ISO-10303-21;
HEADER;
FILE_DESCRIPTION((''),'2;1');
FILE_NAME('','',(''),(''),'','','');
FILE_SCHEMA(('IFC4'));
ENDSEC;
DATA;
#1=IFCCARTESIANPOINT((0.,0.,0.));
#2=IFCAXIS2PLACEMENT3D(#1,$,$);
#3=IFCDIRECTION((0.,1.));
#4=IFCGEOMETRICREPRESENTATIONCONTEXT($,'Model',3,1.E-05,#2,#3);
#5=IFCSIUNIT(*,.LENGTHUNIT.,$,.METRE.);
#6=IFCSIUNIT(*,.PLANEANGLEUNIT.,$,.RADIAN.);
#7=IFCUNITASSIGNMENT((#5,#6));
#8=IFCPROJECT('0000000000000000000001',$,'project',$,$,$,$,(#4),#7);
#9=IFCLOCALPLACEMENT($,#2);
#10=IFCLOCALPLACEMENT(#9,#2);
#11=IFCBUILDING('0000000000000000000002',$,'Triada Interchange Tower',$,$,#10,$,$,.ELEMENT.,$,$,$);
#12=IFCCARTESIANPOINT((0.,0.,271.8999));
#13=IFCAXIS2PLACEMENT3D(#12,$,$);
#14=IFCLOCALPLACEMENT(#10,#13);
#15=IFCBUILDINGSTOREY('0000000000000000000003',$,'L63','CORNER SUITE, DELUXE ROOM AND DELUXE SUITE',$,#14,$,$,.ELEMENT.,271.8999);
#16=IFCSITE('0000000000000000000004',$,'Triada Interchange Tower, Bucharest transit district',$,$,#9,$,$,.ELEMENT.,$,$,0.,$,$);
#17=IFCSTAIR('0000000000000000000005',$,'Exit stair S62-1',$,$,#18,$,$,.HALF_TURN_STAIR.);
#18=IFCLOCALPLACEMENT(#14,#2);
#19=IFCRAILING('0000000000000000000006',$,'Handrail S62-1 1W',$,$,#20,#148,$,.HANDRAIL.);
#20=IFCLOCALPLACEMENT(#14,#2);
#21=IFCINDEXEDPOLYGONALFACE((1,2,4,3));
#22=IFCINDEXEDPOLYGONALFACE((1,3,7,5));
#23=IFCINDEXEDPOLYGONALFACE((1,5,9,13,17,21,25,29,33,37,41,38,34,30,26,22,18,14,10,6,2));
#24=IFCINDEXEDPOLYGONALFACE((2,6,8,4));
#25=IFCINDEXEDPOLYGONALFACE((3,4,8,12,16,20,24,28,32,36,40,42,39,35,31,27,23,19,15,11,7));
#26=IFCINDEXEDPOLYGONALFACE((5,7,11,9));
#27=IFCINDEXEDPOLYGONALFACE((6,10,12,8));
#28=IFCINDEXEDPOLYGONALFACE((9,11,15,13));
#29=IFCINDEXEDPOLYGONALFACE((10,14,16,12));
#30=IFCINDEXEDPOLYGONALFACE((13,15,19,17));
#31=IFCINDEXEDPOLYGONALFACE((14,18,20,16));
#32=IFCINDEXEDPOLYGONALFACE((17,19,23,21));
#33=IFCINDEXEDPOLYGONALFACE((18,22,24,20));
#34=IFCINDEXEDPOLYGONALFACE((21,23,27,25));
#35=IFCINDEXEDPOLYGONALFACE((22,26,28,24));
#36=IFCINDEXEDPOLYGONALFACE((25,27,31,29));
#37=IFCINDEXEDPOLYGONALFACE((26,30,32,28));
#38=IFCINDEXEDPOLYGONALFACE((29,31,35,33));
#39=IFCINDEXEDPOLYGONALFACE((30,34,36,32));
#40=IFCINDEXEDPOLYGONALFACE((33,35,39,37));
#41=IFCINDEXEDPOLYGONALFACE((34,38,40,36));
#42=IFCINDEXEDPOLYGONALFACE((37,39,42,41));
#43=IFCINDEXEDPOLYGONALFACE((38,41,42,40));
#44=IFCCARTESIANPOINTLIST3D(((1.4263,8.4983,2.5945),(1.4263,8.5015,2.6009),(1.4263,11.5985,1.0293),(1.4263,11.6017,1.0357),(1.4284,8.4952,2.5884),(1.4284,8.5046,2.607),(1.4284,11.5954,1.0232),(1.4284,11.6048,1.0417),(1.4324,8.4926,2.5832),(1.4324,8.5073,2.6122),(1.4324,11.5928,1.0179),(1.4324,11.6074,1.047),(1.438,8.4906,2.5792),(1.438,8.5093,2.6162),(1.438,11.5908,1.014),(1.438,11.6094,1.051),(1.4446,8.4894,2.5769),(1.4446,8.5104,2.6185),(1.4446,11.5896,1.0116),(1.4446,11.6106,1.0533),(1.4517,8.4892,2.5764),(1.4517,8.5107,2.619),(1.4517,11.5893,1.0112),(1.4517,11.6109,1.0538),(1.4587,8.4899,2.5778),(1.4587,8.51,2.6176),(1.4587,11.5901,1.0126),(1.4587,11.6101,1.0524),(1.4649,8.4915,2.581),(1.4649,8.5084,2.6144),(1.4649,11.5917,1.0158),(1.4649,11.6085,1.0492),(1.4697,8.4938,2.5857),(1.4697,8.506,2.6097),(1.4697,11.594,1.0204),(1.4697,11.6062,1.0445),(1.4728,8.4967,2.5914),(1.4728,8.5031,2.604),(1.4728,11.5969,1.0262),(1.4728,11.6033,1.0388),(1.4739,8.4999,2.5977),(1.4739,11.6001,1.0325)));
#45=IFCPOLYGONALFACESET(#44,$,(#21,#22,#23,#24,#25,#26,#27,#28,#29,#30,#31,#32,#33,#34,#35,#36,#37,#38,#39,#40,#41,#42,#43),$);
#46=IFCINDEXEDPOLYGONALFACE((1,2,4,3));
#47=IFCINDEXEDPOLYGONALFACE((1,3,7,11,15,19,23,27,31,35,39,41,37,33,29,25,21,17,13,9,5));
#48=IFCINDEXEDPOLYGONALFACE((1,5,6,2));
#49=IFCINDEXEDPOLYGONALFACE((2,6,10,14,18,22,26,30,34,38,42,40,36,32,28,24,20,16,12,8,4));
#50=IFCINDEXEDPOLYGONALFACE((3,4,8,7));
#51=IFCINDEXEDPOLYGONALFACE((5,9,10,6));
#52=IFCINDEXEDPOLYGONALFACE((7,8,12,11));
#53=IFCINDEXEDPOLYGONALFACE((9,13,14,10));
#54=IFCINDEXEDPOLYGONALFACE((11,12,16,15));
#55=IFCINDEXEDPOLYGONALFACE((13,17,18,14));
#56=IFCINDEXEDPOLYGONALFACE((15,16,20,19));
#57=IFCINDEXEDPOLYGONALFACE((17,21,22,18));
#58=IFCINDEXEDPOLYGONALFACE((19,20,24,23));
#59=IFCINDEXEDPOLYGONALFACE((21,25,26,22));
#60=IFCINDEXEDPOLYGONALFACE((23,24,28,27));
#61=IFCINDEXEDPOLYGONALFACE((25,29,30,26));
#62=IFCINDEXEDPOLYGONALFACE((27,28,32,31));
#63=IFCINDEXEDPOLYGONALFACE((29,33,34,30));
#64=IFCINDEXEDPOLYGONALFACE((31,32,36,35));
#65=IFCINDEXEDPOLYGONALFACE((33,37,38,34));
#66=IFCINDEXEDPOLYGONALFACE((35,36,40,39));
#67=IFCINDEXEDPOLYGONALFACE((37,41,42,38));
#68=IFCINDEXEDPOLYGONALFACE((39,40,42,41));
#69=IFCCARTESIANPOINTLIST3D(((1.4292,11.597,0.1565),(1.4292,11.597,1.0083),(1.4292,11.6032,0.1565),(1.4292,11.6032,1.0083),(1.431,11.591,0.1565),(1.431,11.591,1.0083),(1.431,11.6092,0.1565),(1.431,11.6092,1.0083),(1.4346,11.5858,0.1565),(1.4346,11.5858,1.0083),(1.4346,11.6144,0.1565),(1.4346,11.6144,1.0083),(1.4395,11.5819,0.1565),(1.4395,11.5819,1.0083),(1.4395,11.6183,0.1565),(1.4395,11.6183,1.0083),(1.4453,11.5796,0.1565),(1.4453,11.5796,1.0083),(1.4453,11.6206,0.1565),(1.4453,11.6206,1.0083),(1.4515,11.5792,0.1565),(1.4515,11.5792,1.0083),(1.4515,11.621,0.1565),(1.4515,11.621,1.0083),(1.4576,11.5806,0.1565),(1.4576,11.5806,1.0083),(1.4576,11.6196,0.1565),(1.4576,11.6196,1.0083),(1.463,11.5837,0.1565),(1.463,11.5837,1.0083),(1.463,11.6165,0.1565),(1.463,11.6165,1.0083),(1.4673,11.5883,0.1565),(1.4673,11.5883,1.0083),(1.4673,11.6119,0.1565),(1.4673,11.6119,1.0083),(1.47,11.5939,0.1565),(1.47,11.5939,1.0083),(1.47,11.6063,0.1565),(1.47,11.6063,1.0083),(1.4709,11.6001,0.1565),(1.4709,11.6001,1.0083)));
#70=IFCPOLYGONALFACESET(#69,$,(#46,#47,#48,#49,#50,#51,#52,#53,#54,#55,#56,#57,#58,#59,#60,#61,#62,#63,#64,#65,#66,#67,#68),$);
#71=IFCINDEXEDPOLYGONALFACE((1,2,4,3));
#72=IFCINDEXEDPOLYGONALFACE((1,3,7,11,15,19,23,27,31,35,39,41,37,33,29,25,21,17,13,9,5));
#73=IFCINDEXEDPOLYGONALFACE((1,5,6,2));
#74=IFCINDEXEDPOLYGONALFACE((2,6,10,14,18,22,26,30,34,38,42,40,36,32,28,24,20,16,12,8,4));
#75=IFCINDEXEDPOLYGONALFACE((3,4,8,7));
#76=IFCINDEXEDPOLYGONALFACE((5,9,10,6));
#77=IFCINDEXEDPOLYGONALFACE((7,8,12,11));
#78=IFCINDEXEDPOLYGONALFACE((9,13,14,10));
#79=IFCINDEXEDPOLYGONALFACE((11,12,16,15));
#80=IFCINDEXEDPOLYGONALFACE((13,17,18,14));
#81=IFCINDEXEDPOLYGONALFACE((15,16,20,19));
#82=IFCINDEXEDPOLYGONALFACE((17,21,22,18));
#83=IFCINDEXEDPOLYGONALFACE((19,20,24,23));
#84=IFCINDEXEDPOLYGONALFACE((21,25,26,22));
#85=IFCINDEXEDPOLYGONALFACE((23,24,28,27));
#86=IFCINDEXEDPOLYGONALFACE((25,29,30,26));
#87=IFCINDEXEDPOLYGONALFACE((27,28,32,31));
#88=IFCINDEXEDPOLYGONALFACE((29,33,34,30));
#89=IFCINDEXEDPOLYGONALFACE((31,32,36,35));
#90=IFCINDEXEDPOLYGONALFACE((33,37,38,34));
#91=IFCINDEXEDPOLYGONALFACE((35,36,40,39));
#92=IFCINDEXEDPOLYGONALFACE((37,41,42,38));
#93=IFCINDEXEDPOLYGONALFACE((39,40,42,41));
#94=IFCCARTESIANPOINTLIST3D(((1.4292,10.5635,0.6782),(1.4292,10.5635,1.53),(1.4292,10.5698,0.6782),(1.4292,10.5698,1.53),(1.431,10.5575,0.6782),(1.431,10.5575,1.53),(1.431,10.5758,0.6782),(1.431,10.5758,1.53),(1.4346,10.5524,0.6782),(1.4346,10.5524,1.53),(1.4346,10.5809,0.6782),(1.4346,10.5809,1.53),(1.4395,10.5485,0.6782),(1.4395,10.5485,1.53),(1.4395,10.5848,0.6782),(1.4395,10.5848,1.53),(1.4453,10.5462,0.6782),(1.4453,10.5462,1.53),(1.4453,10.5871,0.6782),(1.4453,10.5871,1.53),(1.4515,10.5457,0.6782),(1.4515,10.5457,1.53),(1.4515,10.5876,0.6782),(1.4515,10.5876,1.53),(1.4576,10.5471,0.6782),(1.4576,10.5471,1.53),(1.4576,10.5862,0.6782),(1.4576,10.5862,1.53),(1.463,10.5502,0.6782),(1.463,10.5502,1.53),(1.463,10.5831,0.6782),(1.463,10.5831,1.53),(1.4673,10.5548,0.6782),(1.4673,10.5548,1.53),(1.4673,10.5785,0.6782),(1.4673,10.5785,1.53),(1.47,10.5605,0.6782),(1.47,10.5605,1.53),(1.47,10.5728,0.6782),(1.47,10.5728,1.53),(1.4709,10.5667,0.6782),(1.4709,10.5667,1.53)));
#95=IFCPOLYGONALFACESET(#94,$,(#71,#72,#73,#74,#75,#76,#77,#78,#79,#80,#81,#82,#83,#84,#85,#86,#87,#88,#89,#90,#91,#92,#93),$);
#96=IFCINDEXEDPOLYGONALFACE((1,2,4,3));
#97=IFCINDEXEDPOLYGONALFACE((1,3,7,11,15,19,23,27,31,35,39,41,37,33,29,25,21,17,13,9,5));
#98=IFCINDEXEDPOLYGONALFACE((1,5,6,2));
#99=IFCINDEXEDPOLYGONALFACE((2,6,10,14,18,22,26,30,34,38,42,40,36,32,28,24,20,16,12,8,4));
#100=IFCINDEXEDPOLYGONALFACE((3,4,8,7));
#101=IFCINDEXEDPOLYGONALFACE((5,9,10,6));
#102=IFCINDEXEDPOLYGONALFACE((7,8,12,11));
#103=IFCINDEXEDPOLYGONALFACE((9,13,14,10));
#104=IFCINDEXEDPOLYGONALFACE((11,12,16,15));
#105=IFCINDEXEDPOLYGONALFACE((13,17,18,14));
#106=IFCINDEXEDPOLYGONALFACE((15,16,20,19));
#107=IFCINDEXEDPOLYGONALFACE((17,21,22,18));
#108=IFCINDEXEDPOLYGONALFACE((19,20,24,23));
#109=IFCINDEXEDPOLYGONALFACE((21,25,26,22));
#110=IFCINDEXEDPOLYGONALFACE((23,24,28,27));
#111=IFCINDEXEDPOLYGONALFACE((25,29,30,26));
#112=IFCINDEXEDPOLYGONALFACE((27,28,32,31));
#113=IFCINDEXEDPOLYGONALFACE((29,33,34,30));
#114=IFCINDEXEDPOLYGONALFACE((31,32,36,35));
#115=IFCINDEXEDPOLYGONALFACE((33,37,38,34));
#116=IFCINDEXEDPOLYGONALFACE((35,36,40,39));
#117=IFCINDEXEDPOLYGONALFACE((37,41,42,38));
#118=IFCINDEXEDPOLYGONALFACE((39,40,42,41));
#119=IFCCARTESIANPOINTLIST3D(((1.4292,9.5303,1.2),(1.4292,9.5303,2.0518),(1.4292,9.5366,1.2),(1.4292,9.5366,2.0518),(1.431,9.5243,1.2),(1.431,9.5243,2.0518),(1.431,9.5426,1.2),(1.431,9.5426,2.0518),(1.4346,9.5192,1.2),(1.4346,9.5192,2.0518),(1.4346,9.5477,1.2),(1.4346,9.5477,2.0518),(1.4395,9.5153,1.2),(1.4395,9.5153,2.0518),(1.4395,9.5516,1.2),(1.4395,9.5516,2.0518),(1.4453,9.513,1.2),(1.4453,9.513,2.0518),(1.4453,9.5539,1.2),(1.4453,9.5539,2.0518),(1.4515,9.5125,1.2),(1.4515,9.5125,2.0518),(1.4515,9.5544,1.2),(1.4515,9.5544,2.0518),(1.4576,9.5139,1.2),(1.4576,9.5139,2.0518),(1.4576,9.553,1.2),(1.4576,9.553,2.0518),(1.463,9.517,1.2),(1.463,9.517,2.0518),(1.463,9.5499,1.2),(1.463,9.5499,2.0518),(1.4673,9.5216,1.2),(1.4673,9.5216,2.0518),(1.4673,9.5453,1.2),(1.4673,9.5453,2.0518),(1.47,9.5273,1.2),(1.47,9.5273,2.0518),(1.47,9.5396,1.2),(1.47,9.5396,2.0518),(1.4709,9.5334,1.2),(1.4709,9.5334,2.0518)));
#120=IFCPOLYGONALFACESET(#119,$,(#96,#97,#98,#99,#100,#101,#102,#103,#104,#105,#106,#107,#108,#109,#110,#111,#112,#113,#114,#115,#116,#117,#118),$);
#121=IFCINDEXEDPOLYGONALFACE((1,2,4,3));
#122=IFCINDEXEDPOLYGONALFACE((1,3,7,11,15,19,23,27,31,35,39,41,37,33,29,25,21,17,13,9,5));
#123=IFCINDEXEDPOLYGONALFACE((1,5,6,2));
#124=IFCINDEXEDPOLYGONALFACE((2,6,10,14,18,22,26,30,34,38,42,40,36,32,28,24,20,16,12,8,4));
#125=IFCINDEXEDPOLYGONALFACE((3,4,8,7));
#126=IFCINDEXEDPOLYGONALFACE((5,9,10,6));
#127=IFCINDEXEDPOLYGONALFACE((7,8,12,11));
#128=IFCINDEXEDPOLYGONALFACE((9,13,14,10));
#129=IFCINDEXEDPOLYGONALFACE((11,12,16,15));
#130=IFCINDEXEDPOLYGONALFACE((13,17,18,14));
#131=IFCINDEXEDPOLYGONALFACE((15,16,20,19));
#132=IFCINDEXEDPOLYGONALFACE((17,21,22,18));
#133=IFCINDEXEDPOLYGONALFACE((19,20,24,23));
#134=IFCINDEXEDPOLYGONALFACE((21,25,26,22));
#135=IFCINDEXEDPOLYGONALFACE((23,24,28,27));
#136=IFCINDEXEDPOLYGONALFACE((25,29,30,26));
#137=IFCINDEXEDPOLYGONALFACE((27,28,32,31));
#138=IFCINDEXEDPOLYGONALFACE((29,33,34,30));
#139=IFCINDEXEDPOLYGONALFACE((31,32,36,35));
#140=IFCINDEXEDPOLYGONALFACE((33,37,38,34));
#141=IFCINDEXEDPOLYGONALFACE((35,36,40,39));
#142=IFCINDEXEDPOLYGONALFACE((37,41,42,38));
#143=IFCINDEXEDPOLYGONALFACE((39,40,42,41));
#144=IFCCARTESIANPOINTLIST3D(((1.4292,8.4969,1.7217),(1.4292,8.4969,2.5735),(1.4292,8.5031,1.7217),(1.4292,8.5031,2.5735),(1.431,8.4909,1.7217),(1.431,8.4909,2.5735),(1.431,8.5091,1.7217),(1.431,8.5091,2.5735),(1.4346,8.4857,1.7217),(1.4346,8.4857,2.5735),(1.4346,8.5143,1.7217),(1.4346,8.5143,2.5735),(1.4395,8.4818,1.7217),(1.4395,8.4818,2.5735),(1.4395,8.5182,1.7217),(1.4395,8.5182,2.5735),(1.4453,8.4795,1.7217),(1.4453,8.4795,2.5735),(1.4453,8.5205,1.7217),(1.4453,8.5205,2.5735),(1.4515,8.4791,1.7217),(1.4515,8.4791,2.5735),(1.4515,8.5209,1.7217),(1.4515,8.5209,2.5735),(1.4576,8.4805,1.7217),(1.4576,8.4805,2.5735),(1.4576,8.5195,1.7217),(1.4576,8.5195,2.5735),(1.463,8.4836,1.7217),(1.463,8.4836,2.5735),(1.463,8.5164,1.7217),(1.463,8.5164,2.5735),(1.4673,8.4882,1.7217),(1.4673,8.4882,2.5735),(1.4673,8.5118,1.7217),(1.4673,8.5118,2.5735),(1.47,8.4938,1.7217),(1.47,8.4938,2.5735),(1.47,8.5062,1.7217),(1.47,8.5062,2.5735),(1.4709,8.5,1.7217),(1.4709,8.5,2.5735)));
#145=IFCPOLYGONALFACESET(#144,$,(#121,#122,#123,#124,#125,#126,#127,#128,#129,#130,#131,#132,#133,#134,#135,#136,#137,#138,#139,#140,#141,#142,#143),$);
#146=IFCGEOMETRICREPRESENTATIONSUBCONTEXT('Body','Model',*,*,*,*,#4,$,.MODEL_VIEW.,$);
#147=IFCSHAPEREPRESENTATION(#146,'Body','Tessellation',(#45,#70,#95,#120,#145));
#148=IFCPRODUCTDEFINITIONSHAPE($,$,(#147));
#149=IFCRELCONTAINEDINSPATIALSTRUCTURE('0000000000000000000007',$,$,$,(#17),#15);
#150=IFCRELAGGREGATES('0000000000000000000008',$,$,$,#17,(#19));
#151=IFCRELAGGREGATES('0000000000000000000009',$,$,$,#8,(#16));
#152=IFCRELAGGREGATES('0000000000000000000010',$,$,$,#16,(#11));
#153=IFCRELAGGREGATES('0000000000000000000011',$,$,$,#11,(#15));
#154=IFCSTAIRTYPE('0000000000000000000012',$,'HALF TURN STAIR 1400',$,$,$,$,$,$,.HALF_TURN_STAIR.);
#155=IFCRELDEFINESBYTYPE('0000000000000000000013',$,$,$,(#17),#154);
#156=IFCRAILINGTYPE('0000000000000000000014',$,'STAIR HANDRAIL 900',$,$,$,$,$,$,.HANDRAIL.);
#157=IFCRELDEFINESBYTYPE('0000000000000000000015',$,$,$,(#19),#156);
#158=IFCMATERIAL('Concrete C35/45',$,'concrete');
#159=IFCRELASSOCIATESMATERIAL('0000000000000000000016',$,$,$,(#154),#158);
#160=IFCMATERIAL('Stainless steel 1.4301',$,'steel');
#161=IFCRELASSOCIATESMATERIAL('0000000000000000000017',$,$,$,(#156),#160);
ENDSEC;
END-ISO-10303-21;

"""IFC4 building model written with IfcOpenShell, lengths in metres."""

from ifc_helpers import new_model, si_unit, direction, frame, origin, origin_2d, place, context, subcontext, project, spatial, circle, extrude, material, type_object, element, aggregate, save


model = new_model("IFC4")

# Units and contexts
model_context = context("Model", 3, precision=1e-05, world=origin(), true_north=direction((0.0, 1.0)))
body_context = subcontext(model_context, "Body", "Model", "MODEL_VIEW")
ifc_project = project(units=[si_unit("LENGTHUNIT", "METRE"), si_unit("PLANEANGLEUNIT", "RADIAN")], contexts=[model_context])

# Site, building, storey
site_placement = place(None, origin())
site = spatial("IfcSite", under=ifc_project, at=site_placement, Name="Triada Interchange Tower, Bucharest transit district", CompositionType="ELEMENT", RefElevation=0.0)
building_placement = place(site_placement, origin())
building = spatial("IfcBuilding", under=site, at=building_placement, Name="Triada Interchange Tower", CompositionType="ELEMENT")
storey_placement = place(building_placement, frame((0.0, 0.0, 271.8999)))
storey = spatial("IfcBuildingStorey", under=building, at=storey_placement, Name="L63", Description="CORNER SUITE, DELUXE ROOM AND DELUXE SUITE", CompositionType="ELEMENT", Elevation=271.8999)

# Stair
ifc_material_1 = material(Name="Concrete C35/45", Category="concrete")
stair_type = type_object("IfcStairType", Name="HALF TURN STAIR 1400", PredefinedType="HALF_TURN_STAIR", material=ifc_material_1)
stair_placement = place(storey_placement, origin())
stair = element("IfcStair", 1, at=stair_placement, inside=storey, type_object=stair_type, Name="Exit stair S62-1", PredefinedType="HALF_TURN_STAIR")

# Railing
ifc_material_2 = material(Name="Stainless steel 1.4301", Category="steel")
railing_type = type_object("IfcRailingType", Name="STAIR HANDRAIL 900", PredefinedType="HANDRAIL", material=ifc_material_2)
railing_1_placement = place(storey_placement, frame((1.45, 11.6001, 0.1565)))
railing_1 = element("IfcRailing", 2, at=railing_1_placement, type_object=railing_type, Name="Handrail S62-1 1W", PredefinedType="HANDRAIL", context=body_context, shape_type="SweptSolid", body=[
    extrude(circle(Radius=0.0239, at=origin_2d()), frame((0.0, 0.0, 0.876), z_axis=(0.0, -0.892677, 0.450697), x_axis=(1.0, 0.0, 0.0)), (0.0, 0.0, 1.0), 3.4729),
    extrude(circle(Radius=0.021, at=origin_2d()), origin(), (0.0, 0.0, 1.0), 0.8518),
    extrude(circle(Radius=0.021, at=origin_2d()), frame((0.0, -1.0334, 0.5217)), (0.0, 0.0, 1.0), 0.8518),
    extrude(circle(Radius=0.021, at=origin_2d()), frame((0.0, -2.0667, 1.0435)), (0.0, 0.0, 1.0), 0.8518),
    extrude(circle(Radius=0.021, at=origin_2d()), frame((0.0, -3.1001, 1.5652)), (0.0, 0.0, 1.0), 0.8518),
])
aggregate(stair, [railing_1])

save(model, "model.ifc")
